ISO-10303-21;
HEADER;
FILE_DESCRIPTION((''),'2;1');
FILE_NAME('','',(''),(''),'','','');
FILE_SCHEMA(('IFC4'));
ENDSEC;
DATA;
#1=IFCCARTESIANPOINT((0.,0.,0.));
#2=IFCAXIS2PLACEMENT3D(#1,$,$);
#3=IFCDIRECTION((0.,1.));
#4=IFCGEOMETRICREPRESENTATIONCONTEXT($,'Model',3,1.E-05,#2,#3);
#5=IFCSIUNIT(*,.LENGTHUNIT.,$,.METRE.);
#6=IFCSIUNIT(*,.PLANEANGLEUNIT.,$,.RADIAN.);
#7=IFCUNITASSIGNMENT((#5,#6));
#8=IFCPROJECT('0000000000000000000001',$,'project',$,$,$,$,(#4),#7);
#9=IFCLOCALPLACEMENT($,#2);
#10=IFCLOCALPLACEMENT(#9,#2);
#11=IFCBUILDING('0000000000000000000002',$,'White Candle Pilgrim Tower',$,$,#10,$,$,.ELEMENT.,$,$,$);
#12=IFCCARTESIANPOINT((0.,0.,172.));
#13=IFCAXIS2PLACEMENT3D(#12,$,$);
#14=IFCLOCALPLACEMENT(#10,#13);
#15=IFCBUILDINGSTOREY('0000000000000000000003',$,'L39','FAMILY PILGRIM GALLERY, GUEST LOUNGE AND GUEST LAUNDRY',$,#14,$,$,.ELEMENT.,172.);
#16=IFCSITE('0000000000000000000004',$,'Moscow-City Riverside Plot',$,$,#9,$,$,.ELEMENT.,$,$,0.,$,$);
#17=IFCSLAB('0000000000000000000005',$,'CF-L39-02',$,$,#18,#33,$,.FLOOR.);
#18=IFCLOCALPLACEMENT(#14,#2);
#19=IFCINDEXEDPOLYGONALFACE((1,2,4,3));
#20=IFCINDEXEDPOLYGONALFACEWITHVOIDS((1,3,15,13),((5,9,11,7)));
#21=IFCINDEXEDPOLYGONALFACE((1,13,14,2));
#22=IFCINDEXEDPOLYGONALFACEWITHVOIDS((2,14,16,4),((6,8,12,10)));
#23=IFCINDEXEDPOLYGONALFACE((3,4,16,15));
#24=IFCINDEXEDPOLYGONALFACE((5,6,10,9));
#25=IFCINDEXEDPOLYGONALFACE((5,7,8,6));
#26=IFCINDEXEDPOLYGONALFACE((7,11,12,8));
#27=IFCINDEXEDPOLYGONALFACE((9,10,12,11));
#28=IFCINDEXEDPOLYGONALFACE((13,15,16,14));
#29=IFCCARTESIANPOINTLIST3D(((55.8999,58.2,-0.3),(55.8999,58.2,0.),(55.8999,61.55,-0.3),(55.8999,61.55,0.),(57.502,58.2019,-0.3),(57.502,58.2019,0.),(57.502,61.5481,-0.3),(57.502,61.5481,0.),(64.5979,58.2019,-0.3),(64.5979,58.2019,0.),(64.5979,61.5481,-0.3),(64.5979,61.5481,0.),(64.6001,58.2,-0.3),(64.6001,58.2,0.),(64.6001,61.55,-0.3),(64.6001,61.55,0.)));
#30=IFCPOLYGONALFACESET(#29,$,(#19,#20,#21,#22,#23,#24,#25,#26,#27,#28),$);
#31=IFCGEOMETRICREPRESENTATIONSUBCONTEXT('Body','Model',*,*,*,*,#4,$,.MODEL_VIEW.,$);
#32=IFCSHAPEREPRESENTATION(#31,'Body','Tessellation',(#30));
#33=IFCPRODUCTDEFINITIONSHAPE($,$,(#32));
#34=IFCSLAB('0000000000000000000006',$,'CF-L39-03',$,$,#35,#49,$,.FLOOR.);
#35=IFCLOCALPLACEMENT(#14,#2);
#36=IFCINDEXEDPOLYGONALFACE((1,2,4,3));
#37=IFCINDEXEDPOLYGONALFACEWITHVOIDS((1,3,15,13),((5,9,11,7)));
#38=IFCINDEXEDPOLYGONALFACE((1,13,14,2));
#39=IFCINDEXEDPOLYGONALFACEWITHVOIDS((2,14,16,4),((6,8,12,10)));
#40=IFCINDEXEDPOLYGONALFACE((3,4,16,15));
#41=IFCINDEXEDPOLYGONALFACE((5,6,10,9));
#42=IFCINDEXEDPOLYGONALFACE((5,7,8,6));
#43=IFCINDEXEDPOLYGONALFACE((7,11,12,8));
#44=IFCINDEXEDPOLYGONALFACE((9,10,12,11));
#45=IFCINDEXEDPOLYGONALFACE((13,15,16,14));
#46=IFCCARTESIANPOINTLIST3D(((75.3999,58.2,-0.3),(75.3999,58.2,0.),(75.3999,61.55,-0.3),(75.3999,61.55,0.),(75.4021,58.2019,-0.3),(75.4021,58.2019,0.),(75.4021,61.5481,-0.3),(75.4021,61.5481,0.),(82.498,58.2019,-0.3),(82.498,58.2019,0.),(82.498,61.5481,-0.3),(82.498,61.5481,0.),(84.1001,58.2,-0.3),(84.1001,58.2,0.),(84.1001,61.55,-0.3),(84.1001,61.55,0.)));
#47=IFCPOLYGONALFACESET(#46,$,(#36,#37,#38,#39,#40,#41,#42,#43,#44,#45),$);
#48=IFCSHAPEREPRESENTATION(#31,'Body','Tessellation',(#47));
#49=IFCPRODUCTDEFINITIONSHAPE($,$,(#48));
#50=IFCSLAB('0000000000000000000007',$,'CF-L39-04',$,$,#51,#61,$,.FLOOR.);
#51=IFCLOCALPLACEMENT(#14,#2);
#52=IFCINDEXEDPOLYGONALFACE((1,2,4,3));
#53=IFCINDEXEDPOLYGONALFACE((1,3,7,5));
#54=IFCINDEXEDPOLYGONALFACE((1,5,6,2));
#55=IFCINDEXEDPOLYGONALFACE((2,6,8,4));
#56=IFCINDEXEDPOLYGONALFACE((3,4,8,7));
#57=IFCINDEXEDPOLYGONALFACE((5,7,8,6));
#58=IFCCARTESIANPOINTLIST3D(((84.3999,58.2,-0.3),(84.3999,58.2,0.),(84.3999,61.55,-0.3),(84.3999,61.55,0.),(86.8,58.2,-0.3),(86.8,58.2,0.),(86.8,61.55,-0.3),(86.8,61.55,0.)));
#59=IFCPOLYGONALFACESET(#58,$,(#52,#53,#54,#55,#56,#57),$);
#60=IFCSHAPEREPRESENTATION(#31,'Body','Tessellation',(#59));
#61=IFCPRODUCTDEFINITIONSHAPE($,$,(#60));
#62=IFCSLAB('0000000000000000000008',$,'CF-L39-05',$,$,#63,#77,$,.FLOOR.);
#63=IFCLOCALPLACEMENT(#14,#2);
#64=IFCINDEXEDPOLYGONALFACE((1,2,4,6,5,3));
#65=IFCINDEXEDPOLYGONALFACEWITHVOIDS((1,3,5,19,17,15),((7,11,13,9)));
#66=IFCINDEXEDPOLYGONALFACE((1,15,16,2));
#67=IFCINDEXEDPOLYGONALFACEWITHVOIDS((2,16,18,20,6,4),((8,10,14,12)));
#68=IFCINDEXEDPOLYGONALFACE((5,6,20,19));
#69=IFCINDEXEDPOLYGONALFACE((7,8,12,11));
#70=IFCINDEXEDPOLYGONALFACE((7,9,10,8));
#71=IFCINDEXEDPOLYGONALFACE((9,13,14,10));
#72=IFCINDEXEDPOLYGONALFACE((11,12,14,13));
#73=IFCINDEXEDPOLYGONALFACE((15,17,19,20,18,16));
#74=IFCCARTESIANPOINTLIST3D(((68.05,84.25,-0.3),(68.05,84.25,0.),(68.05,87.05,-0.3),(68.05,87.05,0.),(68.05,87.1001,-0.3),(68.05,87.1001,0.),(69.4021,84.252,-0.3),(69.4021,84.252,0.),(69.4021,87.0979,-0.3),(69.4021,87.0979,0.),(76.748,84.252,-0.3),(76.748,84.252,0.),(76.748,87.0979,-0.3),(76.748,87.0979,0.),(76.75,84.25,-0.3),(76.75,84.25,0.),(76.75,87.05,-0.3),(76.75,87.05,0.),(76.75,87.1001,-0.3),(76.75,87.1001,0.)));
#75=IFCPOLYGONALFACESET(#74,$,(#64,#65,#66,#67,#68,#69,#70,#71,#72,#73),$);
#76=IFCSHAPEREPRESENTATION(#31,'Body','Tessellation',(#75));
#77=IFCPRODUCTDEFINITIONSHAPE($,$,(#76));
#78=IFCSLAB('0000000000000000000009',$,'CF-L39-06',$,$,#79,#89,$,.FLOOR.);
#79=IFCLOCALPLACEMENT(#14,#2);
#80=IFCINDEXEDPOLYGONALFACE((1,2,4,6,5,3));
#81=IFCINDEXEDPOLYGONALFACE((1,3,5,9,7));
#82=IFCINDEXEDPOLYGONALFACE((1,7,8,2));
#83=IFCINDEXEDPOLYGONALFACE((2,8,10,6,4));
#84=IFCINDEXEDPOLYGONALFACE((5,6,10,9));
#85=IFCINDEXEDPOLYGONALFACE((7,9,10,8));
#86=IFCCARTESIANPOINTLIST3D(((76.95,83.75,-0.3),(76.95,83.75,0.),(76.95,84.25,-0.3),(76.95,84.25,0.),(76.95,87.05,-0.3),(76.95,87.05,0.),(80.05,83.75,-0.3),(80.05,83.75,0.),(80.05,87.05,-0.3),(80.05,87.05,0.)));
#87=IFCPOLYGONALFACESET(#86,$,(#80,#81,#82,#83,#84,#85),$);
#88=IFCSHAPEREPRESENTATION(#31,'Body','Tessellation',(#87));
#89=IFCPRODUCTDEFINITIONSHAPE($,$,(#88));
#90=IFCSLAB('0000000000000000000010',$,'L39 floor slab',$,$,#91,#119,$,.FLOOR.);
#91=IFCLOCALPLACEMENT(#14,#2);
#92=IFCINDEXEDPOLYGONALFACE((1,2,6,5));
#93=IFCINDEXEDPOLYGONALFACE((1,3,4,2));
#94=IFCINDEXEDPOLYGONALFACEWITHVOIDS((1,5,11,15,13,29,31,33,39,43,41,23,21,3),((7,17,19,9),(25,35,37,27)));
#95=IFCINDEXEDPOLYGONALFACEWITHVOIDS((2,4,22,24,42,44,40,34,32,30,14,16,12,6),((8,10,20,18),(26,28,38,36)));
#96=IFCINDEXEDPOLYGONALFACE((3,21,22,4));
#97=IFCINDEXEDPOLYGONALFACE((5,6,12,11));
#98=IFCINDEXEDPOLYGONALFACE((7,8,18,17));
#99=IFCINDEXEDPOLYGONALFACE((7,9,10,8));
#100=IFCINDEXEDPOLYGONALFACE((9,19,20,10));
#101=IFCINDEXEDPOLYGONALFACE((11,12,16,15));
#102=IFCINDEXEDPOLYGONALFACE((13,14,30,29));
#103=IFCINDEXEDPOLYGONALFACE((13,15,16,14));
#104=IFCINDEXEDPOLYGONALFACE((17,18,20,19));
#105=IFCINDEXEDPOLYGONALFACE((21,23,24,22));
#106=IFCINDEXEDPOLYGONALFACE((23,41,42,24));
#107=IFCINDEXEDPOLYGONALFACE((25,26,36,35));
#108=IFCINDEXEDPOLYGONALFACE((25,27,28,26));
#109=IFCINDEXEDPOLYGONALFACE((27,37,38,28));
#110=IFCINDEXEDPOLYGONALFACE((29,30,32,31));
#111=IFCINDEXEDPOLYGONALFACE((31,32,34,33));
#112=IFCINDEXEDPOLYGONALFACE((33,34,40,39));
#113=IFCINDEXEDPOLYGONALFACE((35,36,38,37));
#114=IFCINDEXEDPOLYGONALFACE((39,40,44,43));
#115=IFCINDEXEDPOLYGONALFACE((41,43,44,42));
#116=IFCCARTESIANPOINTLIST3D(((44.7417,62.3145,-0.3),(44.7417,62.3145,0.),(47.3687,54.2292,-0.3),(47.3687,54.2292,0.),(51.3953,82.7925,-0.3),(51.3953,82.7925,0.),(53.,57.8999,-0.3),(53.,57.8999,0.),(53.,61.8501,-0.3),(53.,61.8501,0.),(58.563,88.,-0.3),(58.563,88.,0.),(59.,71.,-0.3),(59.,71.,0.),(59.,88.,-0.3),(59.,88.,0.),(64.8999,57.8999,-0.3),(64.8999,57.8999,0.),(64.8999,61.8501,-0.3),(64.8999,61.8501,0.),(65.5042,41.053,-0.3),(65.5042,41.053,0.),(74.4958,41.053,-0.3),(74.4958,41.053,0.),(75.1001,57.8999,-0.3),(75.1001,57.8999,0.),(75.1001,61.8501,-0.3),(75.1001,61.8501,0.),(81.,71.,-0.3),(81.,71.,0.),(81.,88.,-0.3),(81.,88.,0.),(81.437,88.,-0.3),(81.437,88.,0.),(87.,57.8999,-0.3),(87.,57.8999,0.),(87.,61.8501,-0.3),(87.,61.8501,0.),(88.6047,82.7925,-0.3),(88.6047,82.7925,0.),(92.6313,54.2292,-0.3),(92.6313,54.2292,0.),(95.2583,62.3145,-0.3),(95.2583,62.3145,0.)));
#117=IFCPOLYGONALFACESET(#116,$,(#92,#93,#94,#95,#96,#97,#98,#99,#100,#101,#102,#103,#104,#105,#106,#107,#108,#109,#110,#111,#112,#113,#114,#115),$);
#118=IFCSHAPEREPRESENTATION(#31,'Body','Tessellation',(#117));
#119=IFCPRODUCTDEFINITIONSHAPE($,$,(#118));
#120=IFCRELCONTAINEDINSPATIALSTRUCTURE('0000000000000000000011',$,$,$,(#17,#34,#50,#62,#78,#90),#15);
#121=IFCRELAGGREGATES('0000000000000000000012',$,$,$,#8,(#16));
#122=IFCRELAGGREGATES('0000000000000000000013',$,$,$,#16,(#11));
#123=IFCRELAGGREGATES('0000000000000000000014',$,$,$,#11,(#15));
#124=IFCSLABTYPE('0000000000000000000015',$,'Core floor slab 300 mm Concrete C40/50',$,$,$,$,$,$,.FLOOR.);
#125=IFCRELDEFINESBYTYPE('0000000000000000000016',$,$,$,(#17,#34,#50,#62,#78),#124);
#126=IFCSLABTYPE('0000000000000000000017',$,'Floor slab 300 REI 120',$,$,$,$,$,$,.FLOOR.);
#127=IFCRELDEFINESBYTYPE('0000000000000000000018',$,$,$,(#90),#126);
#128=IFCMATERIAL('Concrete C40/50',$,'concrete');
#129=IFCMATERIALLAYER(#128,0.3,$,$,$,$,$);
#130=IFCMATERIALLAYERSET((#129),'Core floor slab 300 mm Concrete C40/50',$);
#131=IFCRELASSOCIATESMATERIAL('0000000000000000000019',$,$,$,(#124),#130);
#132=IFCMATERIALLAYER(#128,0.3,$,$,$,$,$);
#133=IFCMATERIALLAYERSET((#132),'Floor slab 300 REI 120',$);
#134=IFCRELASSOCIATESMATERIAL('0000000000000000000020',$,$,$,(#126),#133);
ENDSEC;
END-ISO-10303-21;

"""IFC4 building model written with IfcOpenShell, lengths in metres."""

from ifc_helpers import new_model, si_unit, direction, frame, origin, place, context, subcontext, project, spatial, polyline, outline, extrude, material, layer, layer_set, type_object, element, save


model = new_model("IFC4")

# Units and contexts
model_context = context("Model", 3, precision=1e-05, world=origin(), true_north=direction((0.0, 1.0)))
body_context = subcontext(model_context, "Body", "Model", "MODEL_VIEW")
ifc_project = project(units=[si_unit("LENGTHUNIT", "METRE"), si_unit("PLANEANGLEUNIT", "RADIAN")], contexts=[model_context])

# Site, building, storey
site_placement = place(None, origin())
site = spatial("IfcSite", under=ifc_project, at=site_placement, Name="Moscow-City Riverside Plot", CompositionType="ELEMENT", RefElevation=0.0)
building_placement = place(site_placement, origin())
building = spatial("IfcBuilding", under=site, at=building_placement, Name="White Candle Pilgrim Tower", CompositionType="ELEMENT")
storey_placement = place(building_placement, frame((0.0, 0.0, 172.0)))
storey = spatial("IfcBuildingStorey", under=building, at=storey_placement, Name="L39", Description="FAMILY PILGRIM GALLERY, GUEST LOUNGE AND GUEST LAUNDRY", CompositionType="ELEMENT", Elevation=172.0)

# Slabs
ifc_material_1 = material(Name="Concrete C40/50", Category="concrete")
ifc_layer_1 = layer(ifc_material_1, 0.3)
ifc_layer_set_1 = layer_set([ifc_layer_1], Name="Core floor slab 300 mm Concrete C40/50")
slab_type_1 = type_object("IfcSlabType", Name="Core floor slab 300 mm Concrete C40/50", PredefinedType="FLOOR", material=ifc_layer_set_1)
slab_1_placement = place(storey_placement, frame((0.0, 0.0, -0.3)))
element("IfcSlab", 1, at=slab_1_placement, inside=storey, type_object=slab_type_1, Name="CF-L39-02", PredefinedType="FLOOR", context=body_context, shape_type="SweptSolid", body=[
    extrude(outline(polyline([(55.8999, 58.2), (55.8999, 61.55), (64.6001, 61.55), (64.6001, 58.2), (55.8999, 58.2)]), holes=[polyline([(57.502, 61.5481), (57.502, 58.2019), (64.5979, 58.2019), (64.5979, 61.5481), (57.502, 61.5481)])]), origin(), (0.0, 0.0, 1.0), 0.3),
])
slab_2_placement = place(storey_placement, frame((0.0, 0.0, -0.3)))
element("IfcSlab", 2, at=slab_2_placement, inside=storey, type_object=slab_type_1, Name="CF-L39-03", PredefinedType="FLOOR", context=body_context, shape_type="SweptSolid", body=[
    extrude(outline(polyline([(75.3999, 58.2), (75.3999, 61.55), (84.1001, 61.55), (84.1001, 58.2), (75.3999, 58.2)]), holes=[polyline([(82.498, 58.2019), (82.498, 61.5481), (75.4021, 61.5481), (75.4021, 58.2019), (82.498, 58.2019)])]), origin(), (0.0, 0.0, 1.0), 0.3),
])
slab_3_placement = place(storey_placement, frame((0.0, 0.0, -0.3)))
element("IfcSlab", 3, at=slab_3_placement, inside=storey, type_object=slab_type_1, Name="CF-L39-04", PredefinedType="FLOOR", context=body_context, shape_type="SweptSolid", body=[
    extrude(outline(polyline([(86.8, 58.2), (84.3999, 58.2), (84.3999, 61.55), (86.8, 61.55), (86.8, 58.2)])), origin(), (0.0, 0.0, 1.0), 0.3),
])
slab_4_placement = place(storey_placement, frame((0.0, 0.0, -0.3)))
element("IfcSlab", 4, at=slab_4_placement, inside=storey, type_object=slab_type_1, Name="CF-L39-05", PredefinedType="FLOOR", context=body_context, shape_type="SweptSolid", body=[
    extrude(outline(polyline([(76.75, 87.1001), (76.75, 87.05), (76.75, 84.25), (68.05, 84.25), (68.05, 87.05), (68.05, 87.1001), (76.75, 87.1001)]), holes=[polyline([(69.4021, 87.0979), (69.4021, 84.252), (76.748, 84.252), (76.748, 87.0979), (69.4021, 87.0979)])]), origin(), (0.0, 0.0, 1.0), 0.3),
])
slab_5_placement = place(storey_placement, frame((0.0, 0.0, -0.3)))
element("IfcSlab", 5, at=slab_5_placement, inside=storey, type_object=slab_type_1, Name="CF-L39-06", PredefinedType="FLOOR", context=body_context, shape_type="SweptSolid", body=[
    extrude(outline(polyline([(80.05, 87.05), (80.05, 83.75), (76.95, 83.75), (76.95, 84.25), (76.95, 87.05), (80.05, 87.05)])), origin(), (0.0, 0.0, 1.0), 0.3),
])
ifc_layer_2 = layer(ifc_material_1, 0.3)
ifc_layer_set_2 = layer_set([ifc_layer_2], Name="Floor slab 300 REI 120")
slab_type_2 = type_object("IfcSlabType", Name="Floor slab 300 REI 120", PredefinedType="FLOOR", material=ifc_layer_set_2)
slab_6_placement = place(storey_placement, frame((0.0, 0.0, -0.3)))
element("IfcSlab", 6, at=slab_6_placement, inside=storey, type_object=slab_type_2, Name="L39 floor slab", PredefinedType="FLOOR", context=body_context, shape_type="SweptSolid", body=[
    extrude(outline(polyline([(65.5042, 41.053), (74.4958, 41.053), (92.6313, 54.2292), (95.2583, 62.3145), (88.6047, 82.7925), (81.437, 88.0), (81.0, 88.0), (81.0, 71.0), (59.0, 71.0), (59.0, 88.0), (58.563, 88.0), (51.3953, 82.7925), (44.7417, 62.3145), (47.3687, 54.2292), (65.5042, 41.053)]), holes=[polyline([(53.0, 57.8999), (53.0, 61.8501), (64.8999, 61.8501), (64.8999, 57.8999), (53.0, 57.8999)]), polyline([(75.1001, 57.8999), (75.1001, 61.8501), (87.0, 61.8501), (87.0, 57.8999), (75.1001, 57.8999)])]), origin(), (0.0, 0.0, 1.0), 0.3),
])

save(model, "model.ifc")
